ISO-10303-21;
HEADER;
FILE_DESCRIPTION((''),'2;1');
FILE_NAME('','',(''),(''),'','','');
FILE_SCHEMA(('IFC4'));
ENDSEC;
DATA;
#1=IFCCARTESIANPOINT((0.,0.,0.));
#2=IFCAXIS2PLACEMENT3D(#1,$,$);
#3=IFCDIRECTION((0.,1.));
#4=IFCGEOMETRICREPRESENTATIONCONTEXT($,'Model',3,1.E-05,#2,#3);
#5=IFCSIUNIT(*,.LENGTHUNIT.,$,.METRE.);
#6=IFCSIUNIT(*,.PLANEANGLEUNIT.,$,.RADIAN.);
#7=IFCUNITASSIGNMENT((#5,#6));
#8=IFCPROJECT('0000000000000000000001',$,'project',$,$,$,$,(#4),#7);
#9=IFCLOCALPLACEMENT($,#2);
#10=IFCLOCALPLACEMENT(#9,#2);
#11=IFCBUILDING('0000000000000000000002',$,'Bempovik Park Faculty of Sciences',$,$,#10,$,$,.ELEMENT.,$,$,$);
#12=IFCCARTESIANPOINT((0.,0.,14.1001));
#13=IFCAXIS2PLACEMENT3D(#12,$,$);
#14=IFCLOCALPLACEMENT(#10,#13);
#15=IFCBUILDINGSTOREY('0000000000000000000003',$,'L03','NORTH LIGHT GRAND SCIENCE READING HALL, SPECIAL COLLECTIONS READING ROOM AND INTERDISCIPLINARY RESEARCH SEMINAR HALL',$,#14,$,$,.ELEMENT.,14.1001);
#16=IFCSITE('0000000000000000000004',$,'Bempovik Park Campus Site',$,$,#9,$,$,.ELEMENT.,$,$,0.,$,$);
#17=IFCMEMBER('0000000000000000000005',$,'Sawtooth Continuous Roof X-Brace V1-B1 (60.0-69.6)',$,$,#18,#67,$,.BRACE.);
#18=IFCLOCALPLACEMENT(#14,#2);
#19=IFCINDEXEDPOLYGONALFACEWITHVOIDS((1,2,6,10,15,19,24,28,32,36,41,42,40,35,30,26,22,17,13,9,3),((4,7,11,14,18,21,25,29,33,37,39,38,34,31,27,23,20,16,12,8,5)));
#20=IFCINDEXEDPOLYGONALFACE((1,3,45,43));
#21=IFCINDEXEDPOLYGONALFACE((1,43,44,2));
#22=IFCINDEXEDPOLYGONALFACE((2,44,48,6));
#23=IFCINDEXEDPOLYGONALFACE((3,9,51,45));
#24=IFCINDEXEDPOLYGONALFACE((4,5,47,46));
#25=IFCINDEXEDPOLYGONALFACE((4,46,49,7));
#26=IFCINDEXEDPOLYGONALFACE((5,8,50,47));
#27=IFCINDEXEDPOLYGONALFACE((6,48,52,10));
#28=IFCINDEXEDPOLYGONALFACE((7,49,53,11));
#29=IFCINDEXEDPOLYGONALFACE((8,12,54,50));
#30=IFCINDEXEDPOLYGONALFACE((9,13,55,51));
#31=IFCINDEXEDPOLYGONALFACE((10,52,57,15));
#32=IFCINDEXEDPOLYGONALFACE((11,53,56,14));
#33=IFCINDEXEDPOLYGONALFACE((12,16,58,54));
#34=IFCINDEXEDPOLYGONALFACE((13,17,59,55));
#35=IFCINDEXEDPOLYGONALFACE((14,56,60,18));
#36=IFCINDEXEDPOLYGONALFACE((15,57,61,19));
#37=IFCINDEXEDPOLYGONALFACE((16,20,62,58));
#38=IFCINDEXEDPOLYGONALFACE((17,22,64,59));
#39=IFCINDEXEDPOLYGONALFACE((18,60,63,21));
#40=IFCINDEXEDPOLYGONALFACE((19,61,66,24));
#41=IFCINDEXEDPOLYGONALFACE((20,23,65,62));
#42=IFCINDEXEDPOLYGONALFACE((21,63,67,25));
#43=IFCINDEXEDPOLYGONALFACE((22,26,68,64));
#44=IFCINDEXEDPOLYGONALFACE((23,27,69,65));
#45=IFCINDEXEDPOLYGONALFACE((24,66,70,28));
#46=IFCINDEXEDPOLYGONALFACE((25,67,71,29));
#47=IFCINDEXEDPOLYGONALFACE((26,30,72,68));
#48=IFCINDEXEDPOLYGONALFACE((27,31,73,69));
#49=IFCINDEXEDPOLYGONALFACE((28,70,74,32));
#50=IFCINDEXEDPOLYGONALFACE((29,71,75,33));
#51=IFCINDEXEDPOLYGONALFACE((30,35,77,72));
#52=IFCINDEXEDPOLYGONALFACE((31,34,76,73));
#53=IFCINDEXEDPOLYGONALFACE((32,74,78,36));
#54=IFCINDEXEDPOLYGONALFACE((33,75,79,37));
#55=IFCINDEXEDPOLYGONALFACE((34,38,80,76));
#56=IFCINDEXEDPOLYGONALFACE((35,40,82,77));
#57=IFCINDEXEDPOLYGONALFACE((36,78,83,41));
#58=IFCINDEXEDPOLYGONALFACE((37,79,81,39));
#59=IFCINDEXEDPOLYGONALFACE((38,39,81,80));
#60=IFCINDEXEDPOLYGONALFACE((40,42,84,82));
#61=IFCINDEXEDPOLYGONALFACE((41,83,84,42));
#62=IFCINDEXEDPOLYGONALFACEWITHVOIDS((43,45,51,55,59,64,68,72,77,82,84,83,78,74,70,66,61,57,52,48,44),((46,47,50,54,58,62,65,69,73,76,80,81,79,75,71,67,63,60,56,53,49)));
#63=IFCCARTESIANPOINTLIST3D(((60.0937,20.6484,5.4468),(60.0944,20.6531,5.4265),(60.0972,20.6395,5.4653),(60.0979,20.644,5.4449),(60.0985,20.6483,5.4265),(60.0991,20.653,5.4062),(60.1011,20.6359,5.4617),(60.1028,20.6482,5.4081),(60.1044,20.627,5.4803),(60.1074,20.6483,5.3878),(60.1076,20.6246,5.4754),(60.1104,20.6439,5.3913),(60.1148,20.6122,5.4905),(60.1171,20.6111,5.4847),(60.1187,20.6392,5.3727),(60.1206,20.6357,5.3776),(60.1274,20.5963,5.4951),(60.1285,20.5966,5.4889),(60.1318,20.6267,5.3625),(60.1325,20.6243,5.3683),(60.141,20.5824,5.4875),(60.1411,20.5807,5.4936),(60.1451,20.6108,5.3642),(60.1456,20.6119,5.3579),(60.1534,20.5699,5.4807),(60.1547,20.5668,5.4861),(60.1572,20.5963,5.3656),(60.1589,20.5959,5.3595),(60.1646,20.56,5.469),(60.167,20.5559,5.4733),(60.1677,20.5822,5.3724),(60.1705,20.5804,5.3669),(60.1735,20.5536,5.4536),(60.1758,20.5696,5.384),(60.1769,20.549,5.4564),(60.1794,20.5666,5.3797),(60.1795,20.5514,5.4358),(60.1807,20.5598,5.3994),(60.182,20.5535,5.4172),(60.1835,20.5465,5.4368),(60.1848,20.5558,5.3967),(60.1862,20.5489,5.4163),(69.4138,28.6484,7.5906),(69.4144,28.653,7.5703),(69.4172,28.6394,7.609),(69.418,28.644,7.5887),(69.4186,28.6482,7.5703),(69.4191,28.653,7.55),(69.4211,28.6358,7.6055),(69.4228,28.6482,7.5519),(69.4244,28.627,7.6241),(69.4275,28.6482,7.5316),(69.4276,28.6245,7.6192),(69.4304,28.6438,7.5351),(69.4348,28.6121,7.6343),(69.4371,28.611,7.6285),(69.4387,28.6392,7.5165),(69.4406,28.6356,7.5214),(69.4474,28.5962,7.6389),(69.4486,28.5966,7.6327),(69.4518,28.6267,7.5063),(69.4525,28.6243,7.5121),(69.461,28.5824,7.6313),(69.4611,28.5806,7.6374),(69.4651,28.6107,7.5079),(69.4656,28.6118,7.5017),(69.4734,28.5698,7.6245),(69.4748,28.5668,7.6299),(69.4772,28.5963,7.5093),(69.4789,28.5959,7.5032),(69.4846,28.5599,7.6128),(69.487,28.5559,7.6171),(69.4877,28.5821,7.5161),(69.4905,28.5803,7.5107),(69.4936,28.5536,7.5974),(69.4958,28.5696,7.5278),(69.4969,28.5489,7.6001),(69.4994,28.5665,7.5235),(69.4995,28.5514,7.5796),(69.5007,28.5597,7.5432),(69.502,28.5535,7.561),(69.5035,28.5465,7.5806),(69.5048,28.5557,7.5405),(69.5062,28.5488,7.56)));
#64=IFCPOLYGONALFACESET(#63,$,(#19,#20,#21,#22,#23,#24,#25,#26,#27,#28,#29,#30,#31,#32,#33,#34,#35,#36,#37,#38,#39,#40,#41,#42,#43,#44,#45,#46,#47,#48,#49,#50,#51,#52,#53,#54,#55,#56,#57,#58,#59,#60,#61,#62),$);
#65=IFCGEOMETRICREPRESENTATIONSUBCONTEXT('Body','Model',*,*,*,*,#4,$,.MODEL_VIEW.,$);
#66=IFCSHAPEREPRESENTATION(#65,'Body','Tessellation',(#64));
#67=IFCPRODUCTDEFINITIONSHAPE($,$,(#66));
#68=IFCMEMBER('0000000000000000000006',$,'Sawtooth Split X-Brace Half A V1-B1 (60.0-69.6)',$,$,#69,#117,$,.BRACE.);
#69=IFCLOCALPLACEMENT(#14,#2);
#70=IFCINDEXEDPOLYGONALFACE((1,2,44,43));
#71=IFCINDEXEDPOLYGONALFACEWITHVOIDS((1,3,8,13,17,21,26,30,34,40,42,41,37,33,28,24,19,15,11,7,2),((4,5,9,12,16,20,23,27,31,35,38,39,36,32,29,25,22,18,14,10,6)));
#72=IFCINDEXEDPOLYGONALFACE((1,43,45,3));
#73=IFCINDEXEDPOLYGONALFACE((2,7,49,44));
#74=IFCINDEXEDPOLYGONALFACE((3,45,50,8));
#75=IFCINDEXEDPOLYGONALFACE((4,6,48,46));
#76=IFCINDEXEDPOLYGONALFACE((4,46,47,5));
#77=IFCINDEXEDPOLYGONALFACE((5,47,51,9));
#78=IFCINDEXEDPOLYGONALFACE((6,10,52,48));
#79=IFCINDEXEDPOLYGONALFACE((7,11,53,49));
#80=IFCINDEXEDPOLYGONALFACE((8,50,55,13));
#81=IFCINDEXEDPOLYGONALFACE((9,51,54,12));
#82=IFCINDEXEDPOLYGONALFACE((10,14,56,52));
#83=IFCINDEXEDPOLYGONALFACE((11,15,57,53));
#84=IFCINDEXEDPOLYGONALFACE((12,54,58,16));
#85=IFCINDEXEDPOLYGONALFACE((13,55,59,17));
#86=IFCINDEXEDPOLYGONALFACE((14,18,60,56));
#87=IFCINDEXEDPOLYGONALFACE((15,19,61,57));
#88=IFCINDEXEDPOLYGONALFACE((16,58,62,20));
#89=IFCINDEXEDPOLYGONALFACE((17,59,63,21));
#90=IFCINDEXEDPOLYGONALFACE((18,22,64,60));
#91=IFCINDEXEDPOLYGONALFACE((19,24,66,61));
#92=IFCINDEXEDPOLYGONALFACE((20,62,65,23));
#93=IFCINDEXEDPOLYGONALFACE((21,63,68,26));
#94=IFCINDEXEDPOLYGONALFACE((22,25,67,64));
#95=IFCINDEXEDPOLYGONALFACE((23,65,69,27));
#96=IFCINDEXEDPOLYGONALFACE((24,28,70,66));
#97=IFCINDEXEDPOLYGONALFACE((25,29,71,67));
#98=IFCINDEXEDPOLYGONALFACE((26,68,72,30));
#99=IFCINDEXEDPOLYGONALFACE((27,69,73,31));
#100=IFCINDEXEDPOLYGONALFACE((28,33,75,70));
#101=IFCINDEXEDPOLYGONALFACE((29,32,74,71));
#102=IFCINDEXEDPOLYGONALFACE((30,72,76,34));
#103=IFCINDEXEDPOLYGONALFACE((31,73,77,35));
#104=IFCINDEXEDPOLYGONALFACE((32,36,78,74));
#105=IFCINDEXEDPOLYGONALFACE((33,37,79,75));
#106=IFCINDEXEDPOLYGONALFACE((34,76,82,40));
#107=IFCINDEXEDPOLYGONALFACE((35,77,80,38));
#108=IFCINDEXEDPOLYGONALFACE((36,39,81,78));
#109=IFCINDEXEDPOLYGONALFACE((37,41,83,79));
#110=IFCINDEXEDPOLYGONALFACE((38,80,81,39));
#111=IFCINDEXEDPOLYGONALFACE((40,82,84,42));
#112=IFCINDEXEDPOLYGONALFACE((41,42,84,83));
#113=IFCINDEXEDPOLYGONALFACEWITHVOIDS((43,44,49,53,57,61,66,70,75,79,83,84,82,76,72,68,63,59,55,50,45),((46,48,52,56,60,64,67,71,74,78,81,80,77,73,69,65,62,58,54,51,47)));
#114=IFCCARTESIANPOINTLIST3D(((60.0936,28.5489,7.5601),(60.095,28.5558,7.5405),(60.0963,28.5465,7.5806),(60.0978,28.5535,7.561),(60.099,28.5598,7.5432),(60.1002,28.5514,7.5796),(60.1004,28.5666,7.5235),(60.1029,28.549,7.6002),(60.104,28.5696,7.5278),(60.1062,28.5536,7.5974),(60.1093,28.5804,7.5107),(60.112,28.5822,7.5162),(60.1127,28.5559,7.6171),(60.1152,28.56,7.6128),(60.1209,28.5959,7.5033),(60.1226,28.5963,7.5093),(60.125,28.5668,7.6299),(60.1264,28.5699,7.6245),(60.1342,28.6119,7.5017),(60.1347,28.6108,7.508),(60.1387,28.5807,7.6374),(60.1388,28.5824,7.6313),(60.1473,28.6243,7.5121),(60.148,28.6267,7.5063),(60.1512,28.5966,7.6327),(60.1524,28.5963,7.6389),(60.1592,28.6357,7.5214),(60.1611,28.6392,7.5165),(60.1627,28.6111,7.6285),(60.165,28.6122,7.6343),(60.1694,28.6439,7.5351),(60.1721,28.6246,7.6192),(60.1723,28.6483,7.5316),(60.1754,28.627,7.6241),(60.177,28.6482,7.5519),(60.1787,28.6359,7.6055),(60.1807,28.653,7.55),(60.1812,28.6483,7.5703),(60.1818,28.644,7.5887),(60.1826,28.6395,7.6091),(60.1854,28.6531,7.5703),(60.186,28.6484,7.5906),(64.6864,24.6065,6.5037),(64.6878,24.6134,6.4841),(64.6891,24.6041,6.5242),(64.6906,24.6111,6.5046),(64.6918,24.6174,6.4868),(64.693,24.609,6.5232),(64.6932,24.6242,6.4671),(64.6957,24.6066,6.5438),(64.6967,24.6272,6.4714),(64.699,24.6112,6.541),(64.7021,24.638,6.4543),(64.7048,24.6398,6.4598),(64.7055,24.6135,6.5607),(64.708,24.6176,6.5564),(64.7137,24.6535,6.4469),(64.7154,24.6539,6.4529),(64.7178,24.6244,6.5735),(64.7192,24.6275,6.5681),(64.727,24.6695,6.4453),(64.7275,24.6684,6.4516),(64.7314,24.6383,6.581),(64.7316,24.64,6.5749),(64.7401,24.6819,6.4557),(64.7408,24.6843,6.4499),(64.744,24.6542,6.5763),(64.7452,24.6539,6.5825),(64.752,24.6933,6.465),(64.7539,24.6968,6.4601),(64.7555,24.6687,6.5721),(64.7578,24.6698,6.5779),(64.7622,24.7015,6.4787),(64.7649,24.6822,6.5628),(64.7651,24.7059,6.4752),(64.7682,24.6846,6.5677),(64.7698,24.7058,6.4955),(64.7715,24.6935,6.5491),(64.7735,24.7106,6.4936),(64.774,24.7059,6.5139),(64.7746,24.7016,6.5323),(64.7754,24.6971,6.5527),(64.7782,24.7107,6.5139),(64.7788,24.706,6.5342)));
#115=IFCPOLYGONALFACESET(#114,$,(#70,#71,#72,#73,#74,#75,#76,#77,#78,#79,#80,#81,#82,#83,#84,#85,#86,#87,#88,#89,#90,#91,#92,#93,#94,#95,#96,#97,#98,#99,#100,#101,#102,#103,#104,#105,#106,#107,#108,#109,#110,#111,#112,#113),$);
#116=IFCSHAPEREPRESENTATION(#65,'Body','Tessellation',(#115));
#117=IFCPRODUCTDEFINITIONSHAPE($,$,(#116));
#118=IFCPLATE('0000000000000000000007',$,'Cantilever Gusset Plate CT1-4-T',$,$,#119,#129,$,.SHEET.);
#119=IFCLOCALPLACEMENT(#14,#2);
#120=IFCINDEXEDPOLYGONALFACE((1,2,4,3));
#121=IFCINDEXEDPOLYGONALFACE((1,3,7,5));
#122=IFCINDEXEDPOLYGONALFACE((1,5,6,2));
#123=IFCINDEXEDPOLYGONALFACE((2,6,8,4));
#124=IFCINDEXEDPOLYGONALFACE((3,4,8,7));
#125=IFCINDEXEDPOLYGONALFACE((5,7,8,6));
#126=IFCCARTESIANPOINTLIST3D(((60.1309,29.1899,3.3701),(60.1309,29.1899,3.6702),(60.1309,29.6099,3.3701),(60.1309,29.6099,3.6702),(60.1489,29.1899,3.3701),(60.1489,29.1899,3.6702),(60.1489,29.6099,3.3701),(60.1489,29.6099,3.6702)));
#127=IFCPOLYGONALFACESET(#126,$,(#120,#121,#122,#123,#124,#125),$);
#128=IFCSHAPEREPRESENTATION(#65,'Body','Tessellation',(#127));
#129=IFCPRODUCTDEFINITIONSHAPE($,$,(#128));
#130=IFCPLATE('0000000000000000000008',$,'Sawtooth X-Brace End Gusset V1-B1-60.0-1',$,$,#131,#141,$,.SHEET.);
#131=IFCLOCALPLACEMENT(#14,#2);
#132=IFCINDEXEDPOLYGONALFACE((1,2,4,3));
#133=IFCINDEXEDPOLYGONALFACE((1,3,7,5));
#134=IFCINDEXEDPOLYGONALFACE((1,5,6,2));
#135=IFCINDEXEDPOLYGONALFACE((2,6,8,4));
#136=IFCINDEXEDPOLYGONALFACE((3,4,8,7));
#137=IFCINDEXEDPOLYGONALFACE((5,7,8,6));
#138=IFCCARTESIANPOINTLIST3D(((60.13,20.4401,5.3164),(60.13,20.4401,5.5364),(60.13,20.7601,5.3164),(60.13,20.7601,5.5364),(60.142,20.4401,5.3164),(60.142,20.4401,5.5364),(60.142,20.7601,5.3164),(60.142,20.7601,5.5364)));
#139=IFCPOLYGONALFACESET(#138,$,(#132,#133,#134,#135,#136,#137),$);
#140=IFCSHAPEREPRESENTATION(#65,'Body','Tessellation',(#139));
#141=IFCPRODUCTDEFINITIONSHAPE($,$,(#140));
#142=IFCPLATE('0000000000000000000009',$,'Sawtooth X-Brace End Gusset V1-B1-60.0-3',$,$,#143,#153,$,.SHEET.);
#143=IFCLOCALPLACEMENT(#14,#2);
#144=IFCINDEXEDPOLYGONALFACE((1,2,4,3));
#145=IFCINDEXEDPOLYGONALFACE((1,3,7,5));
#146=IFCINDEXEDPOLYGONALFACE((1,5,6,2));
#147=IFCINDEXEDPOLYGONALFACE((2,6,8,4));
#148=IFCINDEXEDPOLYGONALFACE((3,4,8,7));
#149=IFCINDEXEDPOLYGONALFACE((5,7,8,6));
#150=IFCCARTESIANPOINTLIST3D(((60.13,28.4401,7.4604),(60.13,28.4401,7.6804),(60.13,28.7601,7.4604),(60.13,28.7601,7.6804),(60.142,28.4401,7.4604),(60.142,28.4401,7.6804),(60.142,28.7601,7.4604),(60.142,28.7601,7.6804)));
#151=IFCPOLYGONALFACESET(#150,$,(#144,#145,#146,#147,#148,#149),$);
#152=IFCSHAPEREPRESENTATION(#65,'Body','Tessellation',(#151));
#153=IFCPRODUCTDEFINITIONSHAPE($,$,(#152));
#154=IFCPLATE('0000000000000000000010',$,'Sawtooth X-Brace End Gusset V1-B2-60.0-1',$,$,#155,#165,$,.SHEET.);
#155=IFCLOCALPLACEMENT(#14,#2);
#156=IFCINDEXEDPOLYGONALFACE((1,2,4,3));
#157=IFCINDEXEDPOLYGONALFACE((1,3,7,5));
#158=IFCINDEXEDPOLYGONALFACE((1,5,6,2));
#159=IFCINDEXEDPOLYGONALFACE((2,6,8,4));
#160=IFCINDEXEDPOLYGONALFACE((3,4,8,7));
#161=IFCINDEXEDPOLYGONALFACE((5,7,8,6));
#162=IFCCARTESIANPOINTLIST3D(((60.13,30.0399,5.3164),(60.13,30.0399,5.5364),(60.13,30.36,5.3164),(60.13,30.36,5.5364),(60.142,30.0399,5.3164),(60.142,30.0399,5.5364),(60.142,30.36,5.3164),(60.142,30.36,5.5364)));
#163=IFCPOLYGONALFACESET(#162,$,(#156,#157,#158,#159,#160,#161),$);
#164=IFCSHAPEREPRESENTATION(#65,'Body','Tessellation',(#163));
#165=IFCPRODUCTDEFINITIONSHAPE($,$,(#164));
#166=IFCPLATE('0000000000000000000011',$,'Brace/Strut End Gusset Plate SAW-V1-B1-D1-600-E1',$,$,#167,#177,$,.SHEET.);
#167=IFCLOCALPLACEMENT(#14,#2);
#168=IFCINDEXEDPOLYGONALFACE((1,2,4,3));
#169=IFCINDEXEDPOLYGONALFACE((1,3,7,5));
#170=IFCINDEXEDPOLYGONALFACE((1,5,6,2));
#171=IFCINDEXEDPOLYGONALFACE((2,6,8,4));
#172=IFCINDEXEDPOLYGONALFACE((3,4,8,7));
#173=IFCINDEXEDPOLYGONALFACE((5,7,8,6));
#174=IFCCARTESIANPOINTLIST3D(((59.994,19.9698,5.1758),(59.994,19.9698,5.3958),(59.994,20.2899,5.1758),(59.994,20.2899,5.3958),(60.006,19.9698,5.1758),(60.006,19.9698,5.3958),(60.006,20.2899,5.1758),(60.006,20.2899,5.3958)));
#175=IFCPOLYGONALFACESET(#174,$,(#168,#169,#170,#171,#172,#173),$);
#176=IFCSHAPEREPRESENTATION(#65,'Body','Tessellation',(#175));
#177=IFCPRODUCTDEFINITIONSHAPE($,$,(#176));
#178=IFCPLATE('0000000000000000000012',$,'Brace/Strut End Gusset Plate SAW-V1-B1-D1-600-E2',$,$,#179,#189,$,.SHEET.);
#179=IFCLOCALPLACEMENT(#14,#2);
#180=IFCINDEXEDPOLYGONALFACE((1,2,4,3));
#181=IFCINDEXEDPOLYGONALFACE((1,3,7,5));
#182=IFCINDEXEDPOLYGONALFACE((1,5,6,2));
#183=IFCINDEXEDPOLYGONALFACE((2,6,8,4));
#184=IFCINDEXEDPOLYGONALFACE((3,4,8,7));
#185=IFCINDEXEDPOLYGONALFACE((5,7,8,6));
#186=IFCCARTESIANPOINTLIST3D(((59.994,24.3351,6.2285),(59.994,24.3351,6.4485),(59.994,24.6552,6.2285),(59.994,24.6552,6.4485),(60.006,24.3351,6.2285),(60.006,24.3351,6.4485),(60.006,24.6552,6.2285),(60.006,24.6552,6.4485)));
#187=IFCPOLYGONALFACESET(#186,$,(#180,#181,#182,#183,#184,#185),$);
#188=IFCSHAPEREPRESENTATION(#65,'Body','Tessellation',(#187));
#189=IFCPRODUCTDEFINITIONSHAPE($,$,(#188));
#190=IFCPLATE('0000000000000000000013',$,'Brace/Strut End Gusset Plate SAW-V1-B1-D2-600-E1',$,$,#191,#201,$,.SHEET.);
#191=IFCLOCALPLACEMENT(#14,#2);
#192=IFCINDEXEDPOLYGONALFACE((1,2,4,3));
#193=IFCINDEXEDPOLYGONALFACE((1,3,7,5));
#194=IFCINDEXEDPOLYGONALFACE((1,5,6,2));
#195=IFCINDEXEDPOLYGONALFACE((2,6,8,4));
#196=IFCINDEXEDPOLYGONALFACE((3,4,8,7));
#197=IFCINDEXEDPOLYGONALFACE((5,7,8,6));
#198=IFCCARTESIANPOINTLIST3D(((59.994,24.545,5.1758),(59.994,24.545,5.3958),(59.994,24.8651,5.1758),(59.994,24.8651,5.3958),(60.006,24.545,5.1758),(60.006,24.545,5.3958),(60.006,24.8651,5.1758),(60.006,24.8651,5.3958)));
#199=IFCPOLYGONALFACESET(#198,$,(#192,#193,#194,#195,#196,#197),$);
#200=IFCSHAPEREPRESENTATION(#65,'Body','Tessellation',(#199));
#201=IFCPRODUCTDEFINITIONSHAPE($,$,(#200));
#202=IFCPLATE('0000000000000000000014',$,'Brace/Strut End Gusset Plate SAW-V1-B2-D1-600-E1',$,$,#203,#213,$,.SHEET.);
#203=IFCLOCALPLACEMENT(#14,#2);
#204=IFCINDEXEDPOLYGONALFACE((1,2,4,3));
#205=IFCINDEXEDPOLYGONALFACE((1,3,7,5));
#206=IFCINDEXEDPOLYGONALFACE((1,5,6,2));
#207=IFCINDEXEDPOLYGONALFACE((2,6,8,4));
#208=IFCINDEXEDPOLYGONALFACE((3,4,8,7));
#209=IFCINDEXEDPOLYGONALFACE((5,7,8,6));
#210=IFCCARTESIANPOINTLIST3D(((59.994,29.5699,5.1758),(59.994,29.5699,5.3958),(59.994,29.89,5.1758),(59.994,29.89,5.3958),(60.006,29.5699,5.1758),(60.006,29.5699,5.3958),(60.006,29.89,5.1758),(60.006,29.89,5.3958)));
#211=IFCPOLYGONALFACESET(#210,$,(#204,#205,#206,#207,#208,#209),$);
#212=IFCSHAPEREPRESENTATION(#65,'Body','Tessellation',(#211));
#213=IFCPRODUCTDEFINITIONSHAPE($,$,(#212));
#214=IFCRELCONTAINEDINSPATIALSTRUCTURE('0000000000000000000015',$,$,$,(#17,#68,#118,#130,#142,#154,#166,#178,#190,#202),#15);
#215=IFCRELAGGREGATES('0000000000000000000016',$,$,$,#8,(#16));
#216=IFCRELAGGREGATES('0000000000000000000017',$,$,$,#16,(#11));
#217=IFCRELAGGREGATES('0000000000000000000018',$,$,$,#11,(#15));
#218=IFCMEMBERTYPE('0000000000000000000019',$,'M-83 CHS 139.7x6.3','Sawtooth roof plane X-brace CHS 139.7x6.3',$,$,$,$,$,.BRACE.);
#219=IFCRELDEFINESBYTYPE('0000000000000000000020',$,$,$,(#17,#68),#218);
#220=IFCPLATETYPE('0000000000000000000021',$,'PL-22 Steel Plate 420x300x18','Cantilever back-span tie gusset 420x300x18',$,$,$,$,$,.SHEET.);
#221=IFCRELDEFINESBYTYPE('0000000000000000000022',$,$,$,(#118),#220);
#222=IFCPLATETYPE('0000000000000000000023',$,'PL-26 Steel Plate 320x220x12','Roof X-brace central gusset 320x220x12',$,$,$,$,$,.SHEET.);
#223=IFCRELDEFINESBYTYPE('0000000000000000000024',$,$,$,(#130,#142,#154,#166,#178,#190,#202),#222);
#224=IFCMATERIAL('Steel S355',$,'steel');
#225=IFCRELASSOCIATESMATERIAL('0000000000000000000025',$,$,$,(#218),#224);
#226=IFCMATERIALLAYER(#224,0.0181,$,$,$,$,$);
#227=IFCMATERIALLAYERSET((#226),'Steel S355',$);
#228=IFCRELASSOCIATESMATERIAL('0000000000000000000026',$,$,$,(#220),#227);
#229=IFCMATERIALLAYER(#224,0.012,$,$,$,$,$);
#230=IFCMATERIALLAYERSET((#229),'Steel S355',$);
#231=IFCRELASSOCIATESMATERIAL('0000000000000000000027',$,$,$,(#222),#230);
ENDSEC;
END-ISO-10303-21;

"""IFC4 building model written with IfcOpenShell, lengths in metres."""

from ifc_helpers import new_model, si_unit, direction, frame, origin, origin_2d, place, context, subcontext, project, spatial, rectangle, hollow_circle, extrude, material, layer, layer_set, material_profile, profile_set, type_object, element, save


model = new_model("IFC4")

# Units and contexts
model_context = context("Model", 3, precision=1e-05, world=origin(), true_north=direction((0.0, 1.0)))
body_context = subcontext(model_context, "Body", "Model", "MODEL_VIEW")
ifc_project = project(units=[si_unit("LENGTHUNIT", "METRE"), si_unit("PLANEANGLEUNIT", "RADIAN")], contexts=[model_context])

# Site, building, storey
site_placement = place(None, origin())
site = spatial("IfcSite", under=ifc_project, at=site_placement, Name="Bempovik Park Campus Site", CompositionType="ELEMENT", RefElevation=0.0)
building_placement = place(site_placement, origin())
building = spatial("IfcBuilding", under=site, at=building_placement, Name="Bempovik Park Faculty of Sciences", CompositionType="ELEMENT")
storey_placement = place(building_placement, frame((0.0, 0.0, 14.1001)))
storey = spatial("IfcBuildingStorey", under=building, at=storey_placement, Name="L03", Description="NORTH LIGHT GRAND SCIENCE READING HALL, SPECIAL COLLECTIONS READING ROOM AND INTERDISCIPLINARY RESEARCH SEMINAR HALL", CompositionType="ELEMENT", Elevation=14.1001)

# Shared definitions
ifc_material_1 = material(Name="Steel S355", Category="steel")

# Members
ifc_material_profile_1 = material_profile(ifc_material_1, hollow_circle(Radius=0.0698, WallThickness=0.0063, at=origin_2d()), Name="CHS 139.7x6.3")
ifc_profile_set_1 = profile_set([ifc_material_profile_1], Name="Steel S355")
member_type_1 = type_object("IfcMemberType", Name="M-83 CHS 139.7x6.3", Description="Sawtooth roof plane X-brace CHS 139.7x6.3", PredefinedType="BRACE", material=ifc_profile_set_1)
member_1_placement = place(storey_placement, frame((60.1399, 20.6001, 5.4265), z_axis=(0.747499, 0.641625, 0.171939), x_axis=(-0.651325, 0.758799, 0.0)))
element("IfcMember", 1, at=member_1_placement, inside=storey, type_object=member_type_1, Name="Sawtooth Continuous Roof X-Brace V1-B1 (60.0-69.6)", PredefinedType="BRACE", context=body_context, shape_type="SweptSolid", body=[
    extrude(hollow_circle(Radius=0.0698, WallThickness=0.0063, at=origin_2d()), origin(), (0.0, 0.0, 1.0), 12.4683),
])
member_2_placement = place(storey_placement, frame((60.1399, 28.6001, 7.5703), z_axis=(0.74749, -0.641637, -0.171932), x_axis=(0.651336, 0.758789, 0.0)))
element("IfcMember", 2, at=member_2_placement, inside=storey, type_object=member_type_1, Name="Sawtooth Split X-Brace Half A V1-B1 (60.0-69.6)", PredefinedType="BRACE", context=body_context, shape_type="SweptSolid", body=[
    extrude(hollow_circle(Radius=0.0698, WallThickness=0.0063, at=origin_2d()), origin(), (0.0, 0.0, 1.0), 6.1443),
])

# Plates
ifc_layer_1 = layer(ifc_material_1, 0.0181)
ifc_layer_set_1 = layer_set([ifc_layer_1], Name="Steel S355")
plate_type_1 = type_object("IfcPlateType", Name="PL-22 Steel Plate 420x300x18", Description="Cantilever back-span tie gusset 420x300x18", PredefinedType="SHEET", material=ifc_layer_set_1)
plate_placement = place(storey_placement, frame((60.1399, 29.3999, 3.3701), z_axis=(0.0, 0.0, 1.0), x_axis=(1.0, 0.0, 0.0)))
element("IfcPlate", 3, at=plate_placement, inside=storey, type_object=plate_type_1, Name="Cantilever Gusset Plate CT1-4-T", PredefinedType="SHEET", context=body_context, shape_type="SweptSolid", body=[
    extrude(rectangle(XDim=0.0181, YDim=0.4199, at=origin_2d()), origin(), (0.0, 0.0, 1.0), 0.3),
])
ifc_layer_2 = layer(ifc_material_1, 0.012)
ifc_layer_set_2 = layer_set([ifc_layer_2], Name="Steel S355")
plate_type_2 = type_object("IfcPlateType", Name="PL-26 Steel Plate 320x220x12", Description="Roof X-brace central gusset 320x220x12", PredefinedType="SHEET", material=ifc_layer_set_2)
for number, where, z_axis, x_axis, name in (
    (4, (60.136, 20.6001, 5.3164), (0.0, 0.0, 1.0), (1.0, 0.0, 0.0), "Sawtooth X-Brace End Gusset V1-B1-60.0-1"),
    (5, (60.136, 28.6001, 7.4604), (0.0, 0.0, 1.0), (1.0, 0.0, 0.0), "Sawtooth X-Brace End Gusset V1-B1-60.0-3"),
    (6, (60.136, 30.2, 5.3164), (0.0, 0.0, 1.0), (1.0, 0.0, 0.0), "Sawtooth X-Brace End Gusset V1-B2-60.0-1"),
    (7, (60.0, 20.1299, 5.1758), (0.0, 0.0, 1.0), (1.0, 0.0, 0.0), "Brace/Strut End Gusset Plate SAW-V1-B1-D1-600-E1"),
    (8, (60.0, 24.4951, 6.2285), (0.0, 0.0, 1.0), (1.0, 0.0, 0.0), "Brace/Strut End Gusset Plate SAW-V1-B1-D1-600-E2"),
    (9, (60.0, 24.7051, 5.1758), (0.0, 0.0, 1.0), (1.0, 0.0, 0.0), "Brace/Strut End Gusset Plate SAW-V1-B1-D2-600-E1"),
    (10, (60.0, 29.73, 5.1758), (0.0, 0.0, 1.0), (1.0, 0.0, 0.0), "Brace/Strut End Gusset Plate SAW-V1-B2-D1-600-E1"),
):
    element("IfcPlate", number, at=place(storey_placement, frame(where, z_axis=z_axis, x_axis=x_axis)), inside=storey, type_object=plate_type_2, Name=name, PredefinedType="SHEET", context=body_context, shape_type="SweptSolid", body=[
        extrude(rectangle(XDim=0.012, YDim=0.3201, at=origin_2d()), origin(), (0.0, 0.0, 1.0), 0.22),
    ])

save(model, "model.ifc")
